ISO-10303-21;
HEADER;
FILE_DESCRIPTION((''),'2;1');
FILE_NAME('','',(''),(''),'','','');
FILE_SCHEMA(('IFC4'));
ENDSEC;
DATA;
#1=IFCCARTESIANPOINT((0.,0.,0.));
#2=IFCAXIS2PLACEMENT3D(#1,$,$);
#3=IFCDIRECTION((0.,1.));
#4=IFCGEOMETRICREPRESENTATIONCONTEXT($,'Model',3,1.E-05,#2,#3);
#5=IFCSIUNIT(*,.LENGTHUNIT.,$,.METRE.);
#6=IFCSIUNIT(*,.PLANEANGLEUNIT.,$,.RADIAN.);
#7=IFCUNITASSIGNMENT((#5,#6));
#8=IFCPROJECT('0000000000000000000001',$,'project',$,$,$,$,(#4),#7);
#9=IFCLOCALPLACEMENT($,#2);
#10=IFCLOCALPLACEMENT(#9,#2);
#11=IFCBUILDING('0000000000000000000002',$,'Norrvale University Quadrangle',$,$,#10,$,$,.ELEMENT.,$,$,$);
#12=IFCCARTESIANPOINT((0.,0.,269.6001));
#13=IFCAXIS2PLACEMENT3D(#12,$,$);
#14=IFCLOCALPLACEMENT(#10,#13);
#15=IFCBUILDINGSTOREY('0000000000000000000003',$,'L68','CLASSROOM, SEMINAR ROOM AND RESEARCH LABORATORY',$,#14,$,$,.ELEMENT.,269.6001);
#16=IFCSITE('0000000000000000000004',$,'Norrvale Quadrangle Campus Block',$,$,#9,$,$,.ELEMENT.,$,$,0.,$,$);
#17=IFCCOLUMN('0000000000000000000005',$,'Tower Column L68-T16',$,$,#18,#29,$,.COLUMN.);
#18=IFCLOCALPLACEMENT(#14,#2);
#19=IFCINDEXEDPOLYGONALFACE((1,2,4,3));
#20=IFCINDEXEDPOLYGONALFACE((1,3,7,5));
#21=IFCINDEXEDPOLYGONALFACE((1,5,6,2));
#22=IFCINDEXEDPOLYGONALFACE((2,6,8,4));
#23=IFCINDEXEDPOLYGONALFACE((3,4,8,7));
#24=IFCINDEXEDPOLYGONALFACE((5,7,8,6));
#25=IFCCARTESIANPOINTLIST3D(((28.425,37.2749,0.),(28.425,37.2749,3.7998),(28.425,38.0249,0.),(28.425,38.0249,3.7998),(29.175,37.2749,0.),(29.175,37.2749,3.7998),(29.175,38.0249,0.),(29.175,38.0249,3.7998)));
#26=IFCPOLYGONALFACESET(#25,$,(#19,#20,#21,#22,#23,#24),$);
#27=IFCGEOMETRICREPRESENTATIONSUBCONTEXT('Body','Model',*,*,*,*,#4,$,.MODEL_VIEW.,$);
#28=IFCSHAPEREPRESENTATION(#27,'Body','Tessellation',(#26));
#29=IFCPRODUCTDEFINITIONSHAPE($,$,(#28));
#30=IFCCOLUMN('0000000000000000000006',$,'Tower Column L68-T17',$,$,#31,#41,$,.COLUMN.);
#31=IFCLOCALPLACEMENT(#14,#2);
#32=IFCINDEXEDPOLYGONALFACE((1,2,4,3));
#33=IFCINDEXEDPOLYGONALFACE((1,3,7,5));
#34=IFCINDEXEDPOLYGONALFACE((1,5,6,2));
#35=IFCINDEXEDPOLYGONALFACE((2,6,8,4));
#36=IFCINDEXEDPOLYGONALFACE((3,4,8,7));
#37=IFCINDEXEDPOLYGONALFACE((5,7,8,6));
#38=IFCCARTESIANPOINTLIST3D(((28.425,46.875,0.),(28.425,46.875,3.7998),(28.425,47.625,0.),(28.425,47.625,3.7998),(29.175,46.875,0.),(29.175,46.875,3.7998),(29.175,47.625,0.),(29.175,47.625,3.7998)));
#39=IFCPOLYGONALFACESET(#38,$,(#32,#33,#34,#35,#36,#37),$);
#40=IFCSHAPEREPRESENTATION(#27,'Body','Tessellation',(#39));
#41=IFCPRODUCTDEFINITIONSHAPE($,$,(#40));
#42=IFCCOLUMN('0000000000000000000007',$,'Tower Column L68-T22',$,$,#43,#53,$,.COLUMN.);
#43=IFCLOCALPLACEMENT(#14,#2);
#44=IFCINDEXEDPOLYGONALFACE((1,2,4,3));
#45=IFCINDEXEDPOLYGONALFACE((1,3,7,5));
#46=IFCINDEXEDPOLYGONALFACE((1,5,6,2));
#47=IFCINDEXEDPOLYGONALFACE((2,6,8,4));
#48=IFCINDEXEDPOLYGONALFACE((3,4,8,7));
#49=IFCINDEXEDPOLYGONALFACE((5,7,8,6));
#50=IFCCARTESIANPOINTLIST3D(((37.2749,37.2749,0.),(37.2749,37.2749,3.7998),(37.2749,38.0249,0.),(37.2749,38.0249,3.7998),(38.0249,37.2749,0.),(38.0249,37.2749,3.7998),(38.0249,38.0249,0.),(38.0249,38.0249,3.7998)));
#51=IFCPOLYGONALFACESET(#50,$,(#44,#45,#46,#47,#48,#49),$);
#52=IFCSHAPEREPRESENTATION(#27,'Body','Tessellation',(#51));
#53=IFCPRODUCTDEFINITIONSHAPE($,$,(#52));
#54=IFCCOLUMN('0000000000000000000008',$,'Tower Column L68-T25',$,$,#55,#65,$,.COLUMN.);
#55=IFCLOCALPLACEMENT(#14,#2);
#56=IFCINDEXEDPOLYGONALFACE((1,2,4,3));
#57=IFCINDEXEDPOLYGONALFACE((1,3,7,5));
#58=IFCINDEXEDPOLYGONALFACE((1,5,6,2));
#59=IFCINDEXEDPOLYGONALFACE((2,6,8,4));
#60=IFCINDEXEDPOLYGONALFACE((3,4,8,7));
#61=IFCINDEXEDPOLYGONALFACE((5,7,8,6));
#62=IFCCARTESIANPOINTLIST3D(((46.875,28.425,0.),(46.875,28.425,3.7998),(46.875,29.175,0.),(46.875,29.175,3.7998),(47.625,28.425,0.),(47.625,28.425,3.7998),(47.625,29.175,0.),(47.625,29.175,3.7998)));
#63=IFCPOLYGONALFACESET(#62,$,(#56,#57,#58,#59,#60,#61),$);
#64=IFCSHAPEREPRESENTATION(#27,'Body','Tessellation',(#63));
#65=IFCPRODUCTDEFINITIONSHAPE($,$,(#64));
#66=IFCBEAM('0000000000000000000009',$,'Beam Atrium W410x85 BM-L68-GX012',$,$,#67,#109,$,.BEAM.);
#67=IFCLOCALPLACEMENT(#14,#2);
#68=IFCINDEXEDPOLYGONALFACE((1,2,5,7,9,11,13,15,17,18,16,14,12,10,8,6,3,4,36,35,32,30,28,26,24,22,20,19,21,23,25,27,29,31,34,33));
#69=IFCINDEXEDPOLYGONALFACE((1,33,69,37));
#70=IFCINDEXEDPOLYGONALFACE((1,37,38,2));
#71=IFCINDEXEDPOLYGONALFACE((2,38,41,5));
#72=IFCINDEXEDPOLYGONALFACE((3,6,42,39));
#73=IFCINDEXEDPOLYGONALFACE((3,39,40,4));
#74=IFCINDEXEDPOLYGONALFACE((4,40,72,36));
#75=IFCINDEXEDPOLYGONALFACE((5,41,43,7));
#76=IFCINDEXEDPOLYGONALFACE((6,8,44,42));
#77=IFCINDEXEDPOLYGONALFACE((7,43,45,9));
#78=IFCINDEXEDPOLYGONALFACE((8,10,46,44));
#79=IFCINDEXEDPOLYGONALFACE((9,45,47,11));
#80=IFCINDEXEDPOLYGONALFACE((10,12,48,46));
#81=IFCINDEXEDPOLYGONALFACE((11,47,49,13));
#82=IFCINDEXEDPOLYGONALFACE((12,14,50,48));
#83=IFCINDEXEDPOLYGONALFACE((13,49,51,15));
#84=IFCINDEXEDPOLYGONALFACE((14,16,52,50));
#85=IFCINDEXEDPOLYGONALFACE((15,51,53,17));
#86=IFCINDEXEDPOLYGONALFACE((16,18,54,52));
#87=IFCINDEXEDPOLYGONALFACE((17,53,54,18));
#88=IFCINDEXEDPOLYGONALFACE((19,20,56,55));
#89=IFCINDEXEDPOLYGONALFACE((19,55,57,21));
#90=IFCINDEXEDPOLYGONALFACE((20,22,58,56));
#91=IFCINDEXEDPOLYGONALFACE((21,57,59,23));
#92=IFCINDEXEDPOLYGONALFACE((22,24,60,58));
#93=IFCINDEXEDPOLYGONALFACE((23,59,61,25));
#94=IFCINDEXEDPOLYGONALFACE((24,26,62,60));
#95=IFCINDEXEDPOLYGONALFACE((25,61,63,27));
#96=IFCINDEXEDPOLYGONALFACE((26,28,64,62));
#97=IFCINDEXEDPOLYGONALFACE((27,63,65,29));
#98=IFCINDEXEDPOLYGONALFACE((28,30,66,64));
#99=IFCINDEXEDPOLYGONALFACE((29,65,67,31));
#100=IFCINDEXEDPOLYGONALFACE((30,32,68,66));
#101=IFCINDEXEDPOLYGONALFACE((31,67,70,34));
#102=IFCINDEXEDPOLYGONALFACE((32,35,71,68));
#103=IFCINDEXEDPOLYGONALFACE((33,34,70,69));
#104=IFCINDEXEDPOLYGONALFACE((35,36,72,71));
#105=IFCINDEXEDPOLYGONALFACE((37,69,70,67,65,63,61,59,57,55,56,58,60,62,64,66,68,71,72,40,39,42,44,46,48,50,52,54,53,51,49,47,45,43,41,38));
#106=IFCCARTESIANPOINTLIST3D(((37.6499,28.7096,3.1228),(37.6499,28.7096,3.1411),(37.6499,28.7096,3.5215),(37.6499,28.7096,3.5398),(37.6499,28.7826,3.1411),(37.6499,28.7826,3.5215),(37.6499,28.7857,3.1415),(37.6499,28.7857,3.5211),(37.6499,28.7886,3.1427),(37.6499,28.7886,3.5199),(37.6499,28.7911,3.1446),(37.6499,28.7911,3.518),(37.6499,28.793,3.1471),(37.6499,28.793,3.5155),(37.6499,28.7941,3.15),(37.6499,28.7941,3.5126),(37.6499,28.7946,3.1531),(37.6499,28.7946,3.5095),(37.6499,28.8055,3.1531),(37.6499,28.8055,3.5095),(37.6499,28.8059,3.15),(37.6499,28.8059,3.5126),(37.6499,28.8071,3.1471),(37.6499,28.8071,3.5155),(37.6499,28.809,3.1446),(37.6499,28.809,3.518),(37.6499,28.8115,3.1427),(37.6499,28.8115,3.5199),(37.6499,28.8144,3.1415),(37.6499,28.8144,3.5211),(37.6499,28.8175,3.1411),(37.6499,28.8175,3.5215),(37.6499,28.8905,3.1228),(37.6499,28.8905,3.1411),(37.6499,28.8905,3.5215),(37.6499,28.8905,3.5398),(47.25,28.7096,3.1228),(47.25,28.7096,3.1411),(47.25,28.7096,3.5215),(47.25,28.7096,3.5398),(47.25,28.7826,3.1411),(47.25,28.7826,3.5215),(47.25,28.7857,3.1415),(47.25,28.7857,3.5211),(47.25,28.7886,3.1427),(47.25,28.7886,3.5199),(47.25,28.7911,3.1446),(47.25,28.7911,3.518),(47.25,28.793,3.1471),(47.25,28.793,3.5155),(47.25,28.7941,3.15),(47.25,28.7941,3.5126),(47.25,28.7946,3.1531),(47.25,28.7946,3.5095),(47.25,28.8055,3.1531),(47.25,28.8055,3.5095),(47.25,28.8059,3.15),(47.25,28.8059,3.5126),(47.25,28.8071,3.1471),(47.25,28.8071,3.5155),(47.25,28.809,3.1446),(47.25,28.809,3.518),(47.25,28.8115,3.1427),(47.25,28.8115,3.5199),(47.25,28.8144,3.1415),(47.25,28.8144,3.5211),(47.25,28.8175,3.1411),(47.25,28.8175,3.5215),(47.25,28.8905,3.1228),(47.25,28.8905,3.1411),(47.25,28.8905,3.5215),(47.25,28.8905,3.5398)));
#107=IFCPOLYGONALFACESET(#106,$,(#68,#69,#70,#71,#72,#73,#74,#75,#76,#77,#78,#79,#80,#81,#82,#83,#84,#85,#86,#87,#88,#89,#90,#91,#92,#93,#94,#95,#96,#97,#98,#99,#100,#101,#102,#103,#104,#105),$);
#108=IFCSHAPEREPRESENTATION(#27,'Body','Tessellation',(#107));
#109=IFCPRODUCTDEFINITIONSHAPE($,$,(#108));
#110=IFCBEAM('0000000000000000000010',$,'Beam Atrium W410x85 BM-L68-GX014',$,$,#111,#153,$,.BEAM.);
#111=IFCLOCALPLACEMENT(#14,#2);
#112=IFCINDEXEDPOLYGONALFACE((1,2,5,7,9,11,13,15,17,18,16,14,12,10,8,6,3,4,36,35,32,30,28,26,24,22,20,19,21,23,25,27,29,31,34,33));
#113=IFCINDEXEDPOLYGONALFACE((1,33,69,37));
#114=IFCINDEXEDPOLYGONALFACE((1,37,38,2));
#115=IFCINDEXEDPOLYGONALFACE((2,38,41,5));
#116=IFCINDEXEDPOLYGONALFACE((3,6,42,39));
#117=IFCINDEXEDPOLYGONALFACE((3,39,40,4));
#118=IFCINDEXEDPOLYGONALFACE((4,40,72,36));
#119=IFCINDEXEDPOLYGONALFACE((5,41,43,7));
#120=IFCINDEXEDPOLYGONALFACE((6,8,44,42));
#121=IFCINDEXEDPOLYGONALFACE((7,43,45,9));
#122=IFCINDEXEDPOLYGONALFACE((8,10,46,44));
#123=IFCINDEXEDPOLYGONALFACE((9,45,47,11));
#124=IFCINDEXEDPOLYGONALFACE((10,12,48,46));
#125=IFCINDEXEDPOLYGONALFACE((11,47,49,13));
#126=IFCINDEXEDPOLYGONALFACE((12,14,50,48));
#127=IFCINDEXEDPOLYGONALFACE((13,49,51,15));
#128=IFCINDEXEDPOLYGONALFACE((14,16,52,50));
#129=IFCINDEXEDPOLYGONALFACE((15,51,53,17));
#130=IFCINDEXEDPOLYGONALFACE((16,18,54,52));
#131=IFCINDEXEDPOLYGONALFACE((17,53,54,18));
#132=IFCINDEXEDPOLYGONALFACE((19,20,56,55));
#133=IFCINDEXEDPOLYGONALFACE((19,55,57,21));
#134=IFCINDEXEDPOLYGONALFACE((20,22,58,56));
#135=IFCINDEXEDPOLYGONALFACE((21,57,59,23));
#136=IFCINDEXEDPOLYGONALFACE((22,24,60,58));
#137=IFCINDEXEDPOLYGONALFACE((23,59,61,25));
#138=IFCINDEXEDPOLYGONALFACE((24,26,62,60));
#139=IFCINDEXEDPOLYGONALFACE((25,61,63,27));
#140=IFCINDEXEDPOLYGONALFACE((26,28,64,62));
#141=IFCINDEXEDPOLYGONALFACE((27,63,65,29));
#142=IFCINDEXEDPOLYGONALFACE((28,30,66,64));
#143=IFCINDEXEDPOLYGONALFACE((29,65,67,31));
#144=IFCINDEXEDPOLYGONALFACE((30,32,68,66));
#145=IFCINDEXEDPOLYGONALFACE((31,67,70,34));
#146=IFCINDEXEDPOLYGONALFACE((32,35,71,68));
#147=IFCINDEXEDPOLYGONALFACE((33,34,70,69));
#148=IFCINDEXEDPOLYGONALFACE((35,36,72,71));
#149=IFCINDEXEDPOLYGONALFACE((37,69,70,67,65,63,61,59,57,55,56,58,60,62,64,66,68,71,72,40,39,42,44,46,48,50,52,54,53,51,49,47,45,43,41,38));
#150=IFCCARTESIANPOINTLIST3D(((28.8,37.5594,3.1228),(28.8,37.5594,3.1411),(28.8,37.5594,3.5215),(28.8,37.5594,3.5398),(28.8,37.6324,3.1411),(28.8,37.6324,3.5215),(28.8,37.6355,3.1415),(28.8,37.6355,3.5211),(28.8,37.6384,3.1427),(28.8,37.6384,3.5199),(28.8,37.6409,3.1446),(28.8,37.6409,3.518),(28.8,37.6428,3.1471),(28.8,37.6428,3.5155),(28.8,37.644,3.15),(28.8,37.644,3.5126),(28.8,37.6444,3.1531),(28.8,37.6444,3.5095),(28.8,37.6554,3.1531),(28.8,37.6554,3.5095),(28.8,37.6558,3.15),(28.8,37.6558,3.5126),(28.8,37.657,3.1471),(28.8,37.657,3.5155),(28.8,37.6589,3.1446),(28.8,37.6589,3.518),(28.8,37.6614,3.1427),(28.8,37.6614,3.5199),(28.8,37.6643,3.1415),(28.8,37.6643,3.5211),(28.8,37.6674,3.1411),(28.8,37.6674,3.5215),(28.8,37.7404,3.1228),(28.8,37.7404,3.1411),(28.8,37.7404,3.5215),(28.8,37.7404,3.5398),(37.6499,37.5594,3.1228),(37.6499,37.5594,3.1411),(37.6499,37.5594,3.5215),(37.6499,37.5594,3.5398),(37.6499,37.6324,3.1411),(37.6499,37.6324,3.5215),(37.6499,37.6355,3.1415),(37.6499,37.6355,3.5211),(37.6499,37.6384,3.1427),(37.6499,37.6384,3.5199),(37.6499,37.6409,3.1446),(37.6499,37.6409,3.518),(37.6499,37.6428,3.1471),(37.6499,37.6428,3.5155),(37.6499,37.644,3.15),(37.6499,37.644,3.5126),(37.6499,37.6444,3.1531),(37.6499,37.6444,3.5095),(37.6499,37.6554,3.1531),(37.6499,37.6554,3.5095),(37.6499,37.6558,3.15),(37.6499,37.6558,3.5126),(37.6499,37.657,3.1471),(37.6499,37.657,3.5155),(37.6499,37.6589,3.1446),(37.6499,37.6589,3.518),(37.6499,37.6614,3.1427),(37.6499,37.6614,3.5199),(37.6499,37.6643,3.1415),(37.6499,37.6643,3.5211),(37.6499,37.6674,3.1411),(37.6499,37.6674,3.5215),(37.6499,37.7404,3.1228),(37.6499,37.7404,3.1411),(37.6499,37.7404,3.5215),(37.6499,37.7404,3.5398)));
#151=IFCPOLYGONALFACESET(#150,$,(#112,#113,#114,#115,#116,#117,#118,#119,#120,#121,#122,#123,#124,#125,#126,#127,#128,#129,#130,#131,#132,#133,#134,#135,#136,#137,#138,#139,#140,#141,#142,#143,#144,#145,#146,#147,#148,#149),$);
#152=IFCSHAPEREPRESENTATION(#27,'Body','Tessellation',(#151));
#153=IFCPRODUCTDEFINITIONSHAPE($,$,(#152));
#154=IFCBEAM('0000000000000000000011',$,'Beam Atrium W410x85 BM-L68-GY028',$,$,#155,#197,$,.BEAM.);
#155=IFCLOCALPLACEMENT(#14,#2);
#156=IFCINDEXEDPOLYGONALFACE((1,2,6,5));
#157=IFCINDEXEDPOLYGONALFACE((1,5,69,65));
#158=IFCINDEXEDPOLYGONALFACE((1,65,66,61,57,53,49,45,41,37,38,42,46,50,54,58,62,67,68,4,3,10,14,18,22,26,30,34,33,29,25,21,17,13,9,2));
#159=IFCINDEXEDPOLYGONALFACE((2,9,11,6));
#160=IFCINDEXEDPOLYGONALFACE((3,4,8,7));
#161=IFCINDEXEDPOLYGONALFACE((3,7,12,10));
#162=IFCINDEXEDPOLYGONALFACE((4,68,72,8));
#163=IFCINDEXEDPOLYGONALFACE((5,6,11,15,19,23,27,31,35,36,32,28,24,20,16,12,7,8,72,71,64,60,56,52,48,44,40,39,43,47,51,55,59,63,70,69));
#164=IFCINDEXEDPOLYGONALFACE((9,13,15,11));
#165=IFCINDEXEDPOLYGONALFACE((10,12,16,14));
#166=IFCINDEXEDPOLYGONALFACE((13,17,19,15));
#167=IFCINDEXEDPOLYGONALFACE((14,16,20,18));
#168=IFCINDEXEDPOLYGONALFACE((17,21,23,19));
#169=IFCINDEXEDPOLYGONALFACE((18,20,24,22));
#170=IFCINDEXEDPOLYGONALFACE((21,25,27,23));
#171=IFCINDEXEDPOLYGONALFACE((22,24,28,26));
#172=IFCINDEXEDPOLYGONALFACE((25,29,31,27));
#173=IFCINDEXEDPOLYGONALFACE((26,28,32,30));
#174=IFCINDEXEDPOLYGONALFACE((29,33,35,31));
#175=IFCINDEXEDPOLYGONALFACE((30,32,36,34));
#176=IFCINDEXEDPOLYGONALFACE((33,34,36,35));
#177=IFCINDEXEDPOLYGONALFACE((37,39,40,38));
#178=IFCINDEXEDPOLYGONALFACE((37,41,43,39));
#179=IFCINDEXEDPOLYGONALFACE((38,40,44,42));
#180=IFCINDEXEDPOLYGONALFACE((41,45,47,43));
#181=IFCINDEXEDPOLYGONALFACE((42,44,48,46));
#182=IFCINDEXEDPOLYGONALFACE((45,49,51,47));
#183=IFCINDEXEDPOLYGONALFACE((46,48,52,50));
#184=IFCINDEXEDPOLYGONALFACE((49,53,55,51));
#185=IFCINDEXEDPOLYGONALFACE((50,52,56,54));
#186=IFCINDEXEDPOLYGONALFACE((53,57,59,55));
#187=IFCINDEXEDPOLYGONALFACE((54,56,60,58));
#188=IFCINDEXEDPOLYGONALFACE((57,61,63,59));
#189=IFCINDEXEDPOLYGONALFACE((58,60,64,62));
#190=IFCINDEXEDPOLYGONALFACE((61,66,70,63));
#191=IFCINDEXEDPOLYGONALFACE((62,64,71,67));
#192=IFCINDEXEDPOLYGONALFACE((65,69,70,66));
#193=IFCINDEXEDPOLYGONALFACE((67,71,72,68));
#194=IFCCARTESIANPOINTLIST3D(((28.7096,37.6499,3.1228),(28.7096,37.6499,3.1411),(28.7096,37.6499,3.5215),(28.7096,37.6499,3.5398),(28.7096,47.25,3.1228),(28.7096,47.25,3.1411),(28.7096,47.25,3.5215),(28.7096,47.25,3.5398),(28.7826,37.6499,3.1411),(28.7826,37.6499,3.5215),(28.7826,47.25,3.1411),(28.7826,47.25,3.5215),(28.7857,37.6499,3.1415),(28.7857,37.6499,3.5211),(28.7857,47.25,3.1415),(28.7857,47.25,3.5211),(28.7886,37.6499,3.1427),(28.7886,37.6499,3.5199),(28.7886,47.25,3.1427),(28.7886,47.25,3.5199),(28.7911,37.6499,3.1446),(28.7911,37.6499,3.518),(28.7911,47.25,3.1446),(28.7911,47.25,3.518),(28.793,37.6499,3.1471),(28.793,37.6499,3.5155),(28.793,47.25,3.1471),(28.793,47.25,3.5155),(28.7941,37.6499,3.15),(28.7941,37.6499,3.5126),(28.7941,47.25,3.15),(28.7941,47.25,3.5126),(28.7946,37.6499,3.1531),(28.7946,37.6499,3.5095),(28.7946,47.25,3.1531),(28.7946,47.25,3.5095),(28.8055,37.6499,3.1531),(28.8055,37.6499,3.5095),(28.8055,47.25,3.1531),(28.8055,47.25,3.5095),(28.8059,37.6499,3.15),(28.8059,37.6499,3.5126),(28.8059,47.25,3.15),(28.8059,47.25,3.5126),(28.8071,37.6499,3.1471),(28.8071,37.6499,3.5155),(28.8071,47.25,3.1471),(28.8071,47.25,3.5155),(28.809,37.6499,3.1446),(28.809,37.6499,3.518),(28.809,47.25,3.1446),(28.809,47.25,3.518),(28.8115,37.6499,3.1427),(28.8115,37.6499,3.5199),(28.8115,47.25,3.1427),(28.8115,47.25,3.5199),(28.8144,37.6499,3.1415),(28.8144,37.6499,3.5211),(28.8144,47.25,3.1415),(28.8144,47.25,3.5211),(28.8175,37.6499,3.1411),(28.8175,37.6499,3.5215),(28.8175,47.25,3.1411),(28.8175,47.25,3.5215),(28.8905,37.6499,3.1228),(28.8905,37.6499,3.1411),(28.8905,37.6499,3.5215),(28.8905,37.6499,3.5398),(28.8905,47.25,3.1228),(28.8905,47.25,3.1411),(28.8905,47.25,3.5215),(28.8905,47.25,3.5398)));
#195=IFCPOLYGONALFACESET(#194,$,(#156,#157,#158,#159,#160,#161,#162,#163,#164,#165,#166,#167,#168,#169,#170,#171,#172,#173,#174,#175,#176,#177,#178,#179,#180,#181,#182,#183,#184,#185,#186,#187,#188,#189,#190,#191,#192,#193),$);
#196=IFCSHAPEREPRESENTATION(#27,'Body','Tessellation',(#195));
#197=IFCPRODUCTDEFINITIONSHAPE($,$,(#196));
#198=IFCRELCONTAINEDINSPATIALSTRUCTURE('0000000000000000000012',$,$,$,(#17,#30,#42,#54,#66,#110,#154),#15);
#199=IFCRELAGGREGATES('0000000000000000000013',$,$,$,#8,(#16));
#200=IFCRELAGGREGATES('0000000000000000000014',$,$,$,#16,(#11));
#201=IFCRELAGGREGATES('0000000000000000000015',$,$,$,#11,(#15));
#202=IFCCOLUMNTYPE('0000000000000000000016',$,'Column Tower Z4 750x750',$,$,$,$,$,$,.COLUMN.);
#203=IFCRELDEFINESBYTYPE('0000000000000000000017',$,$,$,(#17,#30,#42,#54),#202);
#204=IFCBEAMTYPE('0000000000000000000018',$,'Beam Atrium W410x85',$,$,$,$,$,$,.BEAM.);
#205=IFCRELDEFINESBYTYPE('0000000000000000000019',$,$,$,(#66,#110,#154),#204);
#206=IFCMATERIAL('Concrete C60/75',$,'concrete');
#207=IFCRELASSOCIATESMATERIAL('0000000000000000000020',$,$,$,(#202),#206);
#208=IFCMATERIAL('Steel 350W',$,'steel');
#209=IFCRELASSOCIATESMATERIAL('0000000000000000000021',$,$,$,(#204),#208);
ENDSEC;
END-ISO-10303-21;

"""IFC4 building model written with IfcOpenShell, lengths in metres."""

from ifc_helpers import new_model, si_unit, direction, frame, origin, origin_2d, place, context, subcontext, project, spatial, rectangle, i_section, extrude, material, material_profile, profile_set, type_object, element, save


model = new_model("IFC4")

# Units and contexts
model_context = context("Model", 3, precision=1e-05, world=origin(), true_north=direction((0.0, 1.0)))
body_context = subcontext(model_context, "Body", "Model", "MODEL_VIEW")
ifc_project = project(units=[si_unit("LENGTHUNIT", "METRE"), si_unit("PLANEANGLEUNIT", "RADIAN")], contexts=[model_context])

# Site, building, storey
site_placement = place(None, origin())
site = spatial("IfcSite", under=ifc_project, at=site_placement, Name="Norrvale Quadrangle Campus Block", CompositionType="ELEMENT", RefElevation=0.0)
building_placement = place(site_placement, origin())
building = spatial("IfcBuilding", under=site, at=building_placement, Name="Norrvale University Quadrangle", CompositionType="ELEMENT")
storey_placement = place(building_placement, frame((0.0, 0.0, 269.6001)))
storey = spatial("IfcBuildingStorey", under=building, at=storey_placement, Name="L68", Description="CLASSROOM, SEMINAR ROOM AND RESEARCH LABORATORY", CompositionType="ELEMENT", Elevation=269.6001)

# Columns
ifc_material_1 = material(Name="Concrete C60/75", Category="concrete")
ifc_material_profile_1 = material_profile(ifc_material_1, rectangle(XDim=0.75, YDim=0.75, at=origin_2d()), Name="Concrete C60/75")
ifc_profile_set_1 = profile_set([ifc_material_profile_1], Name="Concrete C60/75")
column_type = type_object("IfcColumnType", Name="Column Tower Z4 750x750", PredefinedType="COLUMN", material=ifc_profile_set_1)
for number, where, z_axis, x_axis, name in (
    (1, (28.8, 37.6499, 0.0), (0.0, 0.0, 1.0), (1.0, 0.0, 0.0), "Tower Column L68-T16"),
    (2, (28.8, 47.25, 0.0), (0.0, 0.0, 1.0), (1.0, 0.0, 0.0), "Tower Column L68-T17"),
    (3, (37.6499, 37.6499, 0.0), (0.0, 0.0, 1.0), (1.0, 0.0, 0.0), "Tower Column L68-T22"),
    (4, (47.25, 28.8, 0.0), (0.0, 0.0, 1.0), (1.0, 0.0, 0.0), "Tower Column L68-T25"),
):
    element("IfcColumn", number, at=place(storey_placement, frame(where, z_axis=z_axis, x_axis=x_axis)), inside=storey, type_object=column_type, Name=name, PredefinedType="COLUMN", context=body_context, shape_type="SweptSolid", body=[
        extrude(rectangle(XDim=0.75, YDim=0.75, at=origin_2d()), origin(), (0.0, 0.0, 1.0), 3.7998),
    ])

# Beams
ifc_material_2 = material(Name="Steel 350W", Category="steel")
ifc_material_profile_2 = material_profile(ifc_material_2, i_section(OverallWidth=0.1809, OverallDepth=0.417, WebThickness=0.011, FlangeThickness=0.0183, FilletRadius=0.012, at=origin_2d()), Name="Steel 350W")
ifc_profile_set_2 = profile_set([ifc_material_profile_2], Name="Steel 350W")
beam_type_1 = type_object("IfcBeamType", Name="Beam Atrium W410x85", PredefinedType="BEAM", material=ifc_profile_set_2)
beam_1_placement = place(storey_placement, frame((37.6499, 28.8, 3.3313), z_axis=(1.0, 0.0, 0.0), x_axis=(0.0, 1.0, 0.0)))
element("IfcBeam", 5, at=beam_1_placement, inside=storey, type_object=beam_type_1, Name="Beam Atrium W410x85 BM-L68-GX012", PredefinedType="BEAM", context=body_context, shape_type="SweptSolid", body=[
    extrude(i_section(OverallWidth=0.1809, OverallDepth=0.417, WebThickness=0.011, FlangeThickness=0.0183, FilletRadius=0.012, at=origin_2d()), origin(), (0.0, 0.0, 1.0), 9.6001),
])
beam_2_placement = place(storey_placement, frame((28.8, 37.6499, 3.3313), z_axis=(1.0, 0.0, 0.0), x_axis=(0.0, 1.0, 0.0)))
element("IfcBeam", 6, at=beam_2_placement, inside=storey, type_object=beam_type_1, Name="Beam Atrium W410x85 BM-L68-GX014", PredefinedType="BEAM", context=body_context, shape_type="SweptSolid", body=[
    extrude(i_section(OverallWidth=0.1809, OverallDepth=0.417, WebThickness=0.011, FlangeThickness=0.0183, FilletRadius=0.012, at=origin_2d()), origin(), (0.0, 0.0, 1.0), 8.8499),
])
beam_3_placement = place(storey_placement, frame((28.8, 37.6499, 3.3313), z_axis=(0.0, 1.0, 0.0), x_axis=(-1.0, 0.0, 0.0)))
element("IfcBeam", 7, at=beam_3_placement, inside=storey, type_object=beam_type_1, Name="Beam Atrium W410x85 BM-L68-GY028", PredefinedType="BEAM", context=body_context, shape_type="SweptSolid", body=[
    extrude(i_section(OverallWidth=0.1809, OverallDepth=0.417, WebThickness=0.011, FlangeThickness=0.0183, FilletRadius=0.012, at=origin_2d()), origin(), (0.0, 0.0, 1.0), 9.6001),
])

save(model, "model.ifc")
